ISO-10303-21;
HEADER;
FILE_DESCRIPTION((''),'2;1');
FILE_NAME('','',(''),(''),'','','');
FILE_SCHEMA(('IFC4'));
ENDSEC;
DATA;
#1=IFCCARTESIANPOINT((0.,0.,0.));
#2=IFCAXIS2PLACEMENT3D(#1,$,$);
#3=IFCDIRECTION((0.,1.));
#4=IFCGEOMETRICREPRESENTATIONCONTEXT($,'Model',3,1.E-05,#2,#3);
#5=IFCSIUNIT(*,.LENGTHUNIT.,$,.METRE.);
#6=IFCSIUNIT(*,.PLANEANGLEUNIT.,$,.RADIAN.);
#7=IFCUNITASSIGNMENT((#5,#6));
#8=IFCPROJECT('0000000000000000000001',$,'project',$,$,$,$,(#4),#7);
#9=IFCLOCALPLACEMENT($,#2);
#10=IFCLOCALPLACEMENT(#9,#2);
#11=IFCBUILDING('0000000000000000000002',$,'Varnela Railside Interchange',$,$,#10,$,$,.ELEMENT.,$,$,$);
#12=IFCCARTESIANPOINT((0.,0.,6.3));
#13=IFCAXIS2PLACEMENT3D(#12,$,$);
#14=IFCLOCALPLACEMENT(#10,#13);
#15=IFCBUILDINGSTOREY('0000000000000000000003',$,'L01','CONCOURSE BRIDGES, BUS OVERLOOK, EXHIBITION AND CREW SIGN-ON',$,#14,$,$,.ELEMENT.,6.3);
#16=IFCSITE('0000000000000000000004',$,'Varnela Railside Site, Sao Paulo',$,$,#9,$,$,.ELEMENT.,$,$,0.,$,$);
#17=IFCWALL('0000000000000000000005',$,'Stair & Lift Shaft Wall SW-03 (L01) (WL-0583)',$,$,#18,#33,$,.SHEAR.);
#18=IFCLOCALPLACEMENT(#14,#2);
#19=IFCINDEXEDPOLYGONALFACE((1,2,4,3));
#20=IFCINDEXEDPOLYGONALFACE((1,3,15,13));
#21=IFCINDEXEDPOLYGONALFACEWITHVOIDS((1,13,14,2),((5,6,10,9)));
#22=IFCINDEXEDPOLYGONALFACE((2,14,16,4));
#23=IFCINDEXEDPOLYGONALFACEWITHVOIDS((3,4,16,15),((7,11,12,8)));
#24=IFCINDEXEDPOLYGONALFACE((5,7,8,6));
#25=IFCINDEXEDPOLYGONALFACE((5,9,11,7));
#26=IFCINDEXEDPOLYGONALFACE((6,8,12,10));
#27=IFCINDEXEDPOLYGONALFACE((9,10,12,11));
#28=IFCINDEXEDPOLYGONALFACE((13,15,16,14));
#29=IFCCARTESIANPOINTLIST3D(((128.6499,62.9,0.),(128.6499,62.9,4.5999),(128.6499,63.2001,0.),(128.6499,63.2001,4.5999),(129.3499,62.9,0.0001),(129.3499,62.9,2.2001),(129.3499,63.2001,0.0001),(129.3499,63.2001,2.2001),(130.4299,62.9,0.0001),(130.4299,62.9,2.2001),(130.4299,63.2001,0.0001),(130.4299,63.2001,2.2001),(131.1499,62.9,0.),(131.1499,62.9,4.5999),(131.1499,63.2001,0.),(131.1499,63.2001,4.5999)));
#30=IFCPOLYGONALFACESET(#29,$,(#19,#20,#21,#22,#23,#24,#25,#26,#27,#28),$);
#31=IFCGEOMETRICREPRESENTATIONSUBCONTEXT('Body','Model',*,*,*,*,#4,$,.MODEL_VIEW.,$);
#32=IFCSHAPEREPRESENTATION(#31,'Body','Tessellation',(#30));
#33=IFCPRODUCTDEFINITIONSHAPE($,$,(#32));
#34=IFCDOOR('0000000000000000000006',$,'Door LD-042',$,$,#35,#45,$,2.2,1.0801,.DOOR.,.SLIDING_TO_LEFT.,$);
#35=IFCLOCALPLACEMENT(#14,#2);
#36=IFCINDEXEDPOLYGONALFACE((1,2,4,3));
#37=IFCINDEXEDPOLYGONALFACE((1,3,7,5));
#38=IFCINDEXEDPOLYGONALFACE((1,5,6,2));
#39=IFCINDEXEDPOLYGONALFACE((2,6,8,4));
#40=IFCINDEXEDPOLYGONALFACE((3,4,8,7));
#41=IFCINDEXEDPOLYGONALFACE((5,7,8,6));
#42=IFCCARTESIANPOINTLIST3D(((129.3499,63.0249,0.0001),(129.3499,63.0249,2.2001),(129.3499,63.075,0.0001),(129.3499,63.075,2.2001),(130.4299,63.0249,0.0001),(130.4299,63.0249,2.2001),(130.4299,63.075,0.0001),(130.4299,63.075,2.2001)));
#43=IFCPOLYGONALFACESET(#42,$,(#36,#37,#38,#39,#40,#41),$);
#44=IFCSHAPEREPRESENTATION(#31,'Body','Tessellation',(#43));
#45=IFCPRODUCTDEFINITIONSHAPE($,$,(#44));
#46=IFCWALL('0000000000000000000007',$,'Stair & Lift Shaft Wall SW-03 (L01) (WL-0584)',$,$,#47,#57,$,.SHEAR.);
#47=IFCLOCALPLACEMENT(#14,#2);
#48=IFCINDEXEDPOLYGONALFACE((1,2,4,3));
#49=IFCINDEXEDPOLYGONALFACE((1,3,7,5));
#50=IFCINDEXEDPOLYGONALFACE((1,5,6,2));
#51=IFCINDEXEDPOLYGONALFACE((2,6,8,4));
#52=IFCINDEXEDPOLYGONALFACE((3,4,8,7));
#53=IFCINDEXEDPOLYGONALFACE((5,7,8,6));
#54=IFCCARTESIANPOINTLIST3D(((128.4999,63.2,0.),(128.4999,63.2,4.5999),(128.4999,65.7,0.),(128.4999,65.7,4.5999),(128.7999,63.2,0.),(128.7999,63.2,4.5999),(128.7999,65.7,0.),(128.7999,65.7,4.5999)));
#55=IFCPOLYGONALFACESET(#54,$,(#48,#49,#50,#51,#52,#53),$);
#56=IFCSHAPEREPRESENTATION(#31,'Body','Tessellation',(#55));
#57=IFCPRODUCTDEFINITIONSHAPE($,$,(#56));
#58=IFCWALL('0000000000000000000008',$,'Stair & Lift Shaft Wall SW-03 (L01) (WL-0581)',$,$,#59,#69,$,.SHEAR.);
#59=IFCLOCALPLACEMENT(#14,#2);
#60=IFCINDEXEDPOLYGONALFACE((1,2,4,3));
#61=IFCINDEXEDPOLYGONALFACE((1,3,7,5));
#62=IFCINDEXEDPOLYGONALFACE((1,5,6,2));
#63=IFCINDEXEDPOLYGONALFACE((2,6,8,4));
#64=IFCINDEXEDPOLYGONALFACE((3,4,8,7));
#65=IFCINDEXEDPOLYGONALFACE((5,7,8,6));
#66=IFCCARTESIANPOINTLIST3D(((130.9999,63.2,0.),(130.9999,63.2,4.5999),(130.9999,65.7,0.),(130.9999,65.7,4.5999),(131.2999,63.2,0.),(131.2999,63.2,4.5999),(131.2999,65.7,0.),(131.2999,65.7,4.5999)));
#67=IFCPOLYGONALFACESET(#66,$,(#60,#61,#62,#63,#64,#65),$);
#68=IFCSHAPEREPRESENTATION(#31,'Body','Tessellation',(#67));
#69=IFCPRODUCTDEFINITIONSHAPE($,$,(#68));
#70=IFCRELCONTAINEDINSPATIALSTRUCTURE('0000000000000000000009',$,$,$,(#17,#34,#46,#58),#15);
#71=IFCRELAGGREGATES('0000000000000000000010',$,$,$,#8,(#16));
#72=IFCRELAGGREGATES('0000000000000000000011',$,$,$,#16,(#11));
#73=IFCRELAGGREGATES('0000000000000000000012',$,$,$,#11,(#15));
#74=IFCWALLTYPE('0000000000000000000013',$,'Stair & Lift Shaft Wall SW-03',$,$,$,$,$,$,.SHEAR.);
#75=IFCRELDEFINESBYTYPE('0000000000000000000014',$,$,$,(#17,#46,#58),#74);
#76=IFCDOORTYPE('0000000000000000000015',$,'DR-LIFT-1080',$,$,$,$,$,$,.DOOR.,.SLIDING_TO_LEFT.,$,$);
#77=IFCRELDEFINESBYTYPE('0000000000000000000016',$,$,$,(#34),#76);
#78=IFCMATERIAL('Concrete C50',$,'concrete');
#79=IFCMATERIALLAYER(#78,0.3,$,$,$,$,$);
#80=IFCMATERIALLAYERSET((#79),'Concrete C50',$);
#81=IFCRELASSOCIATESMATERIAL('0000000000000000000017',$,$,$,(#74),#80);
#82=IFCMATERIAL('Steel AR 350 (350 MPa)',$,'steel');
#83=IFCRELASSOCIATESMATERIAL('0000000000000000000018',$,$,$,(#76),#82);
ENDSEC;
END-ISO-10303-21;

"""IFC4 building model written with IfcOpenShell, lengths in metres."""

from ifc_helpers import new_model, si_unit, direction, frame, frame_2d, origin, place, context, subcontext, project, spatial, rectangle, extrude, material, layer, layer_set, type_object, element, fill, save


model = new_model("IFC4")

# Units and contexts
model_context = context("Model", 3, precision=1e-05, world=origin(), true_north=direction((0.0, 1.0)))
body_context = subcontext(model_context, "Body", "Model", "MODEL_VIEW")
ifc_project = project(units=[si_unit("LENGTHUNIT", "METRE"), si_unit("PLANEANGLEUNIT", "RADIAN")], contexts=[model_context])

# Site, building, storey
site_placement = place(None, origin())
site = spatial("IfcSite", under=ifc_project, at=site_placement, Name="Varnela Railside Site, Sao Paulo", CompositionType="ELEMENT", RefElevation=0.0)
building_placement = place(site_placement, origin())
building = spatial("IfcBuilding", under=site, at=building_placement, Name="Varnela Railside Interchange", CompositionType="ELEMENT")
storey_placement = place(building_placement, frame((0.0, 0.0, 6.3)))
storey = spatial("IfcBuildingStorey", under=building, at=storey_placement, Name="L01", Description="CONCOURSE BRIDGES, BUS OVERLOOK, EXHIBITION AND CREW SIGN-ON", CompositionType="ELEMENT", Elevation=6.3)

# Shared definitions
ifc_material_1 = material(Name="Concrete C50", Category="concrete")
ifc_material_2 = material(Name="Steel AR 350 (350 MPa)", Category="steel")

# Shared definitions
ifc_layer_1 = layer(ifc_material_1, 0.3)
ifc_layer_set_1 = layer_set([ifc_layer_1], Name="Concrete C50")
wall_type = type_object("IfcWallType", Name="Stair & Lift Shaft Wall SW-03", PredefinedType="SHEAR", material=ifc_layer_set_1)

# Wall, opening, door
wall_1_placement = place(storey_placement, frame((128.6499, 63.05, 0.0), z_axis=(0.0, 0.0, 1.0), x_axis=(1.0, 0.0, 0.0)))
wall_1 = element("IfcWall", 1, at=wall_1_placement, inside=storey, type_object=wall_type, Name="Stair & Lift Shaft Wall SW-03 (L01) (WL-0583)", PredefinedType="SHEAR", context=body_context, shape_type="SweptSolid", body=[
    extrude(rectangle(XDim=2.5, YDim=0.3, at=frame_2d((1.25, 0.0))), origin(), (0.0, 0.0, 1.0), 4.5999),
])
opening_placement = place(wall_1_placement, frame((0.7, 0.0, 0.0)))
opening = element("IfcOpeningElement", 2, at=opening_placement, cuts=wall_1, PredefinedType="OPENING", context=body_context, shape_type="SweptSolid", body=[
    extrude(rectangle(XDim=1.0801, YDim=2.2, at=frame_2d((0.54, 1.1001))), frame((0.0, 0.1599, 0.0), z_axis=(0.0, -1.0, 0.0), x_axis=(1.0, 0.0, 0.0)), (0.0, 0.0, 1.0), 0.3201),
])
door_type = type_object("IfcDoorType", Name="DR-LIFT-1080", OperationType="SLIDING_TO_LEFT", PredefinedType="DOOR", material=ifc_material_2)
door_placement = place(opening_placement, origin())
door = element("IfcDoor", 3, at=door_placement, inside=storey, type_object=door_type, Name="Door LD-042", OperationType="SLIDING_TO_LEFT", OverallHeight=2.2, OverallWidth=1.0801, PredefinedType="DOOR", context=body_context, shape_type="SweptSolid", body=[
    extrude(rectangle(XDim=1.0801, YDim=2.2, at=frame_2d((0.54, 1.1001))), frame((0.0, 0.0249, 0.0), z_axis=(0.0, -1.0, 0.0), x_axis=(1.0, 0.0, 0.0)), (0.0, 0.0, 1.0), 0.05),
])
fill(opening, door)

# Walls
for number, where, z_axis, x_axis, name in (
    (4, (128.6499, 63.2, 0.0), (0.0, 0.0, 1.0), (0.0, 1.0, 0.0), "Stair & Lift Shaft Wall SW-03 (L01) (WL-0584)"),
    (5, (131.1499, 63.2, 0.0), (0.0, 0.0, 1.0), (0.0, 1.0, 0.0), "Stair & Lift Shaft Wall SW-03 (L01) (WL-0581)"),
):
    element("IfcWall", number, at=place(storey_placement, frame(where, z_axis=z_axis, x_axis=x_axis)), inside=storey, type_object=wall_type, Name=name, PredefinedType="SHEAR", context=body_context, shape_type="SweptSolid", body=[
        extrude(rectangle(XDim=2.5, YDim=0.3, at=frame_2d((1.25, 0.0))), origin(), (0.0, 0.0, 1.0), 4.5999),
    ])

save(model, "model.ifc")
